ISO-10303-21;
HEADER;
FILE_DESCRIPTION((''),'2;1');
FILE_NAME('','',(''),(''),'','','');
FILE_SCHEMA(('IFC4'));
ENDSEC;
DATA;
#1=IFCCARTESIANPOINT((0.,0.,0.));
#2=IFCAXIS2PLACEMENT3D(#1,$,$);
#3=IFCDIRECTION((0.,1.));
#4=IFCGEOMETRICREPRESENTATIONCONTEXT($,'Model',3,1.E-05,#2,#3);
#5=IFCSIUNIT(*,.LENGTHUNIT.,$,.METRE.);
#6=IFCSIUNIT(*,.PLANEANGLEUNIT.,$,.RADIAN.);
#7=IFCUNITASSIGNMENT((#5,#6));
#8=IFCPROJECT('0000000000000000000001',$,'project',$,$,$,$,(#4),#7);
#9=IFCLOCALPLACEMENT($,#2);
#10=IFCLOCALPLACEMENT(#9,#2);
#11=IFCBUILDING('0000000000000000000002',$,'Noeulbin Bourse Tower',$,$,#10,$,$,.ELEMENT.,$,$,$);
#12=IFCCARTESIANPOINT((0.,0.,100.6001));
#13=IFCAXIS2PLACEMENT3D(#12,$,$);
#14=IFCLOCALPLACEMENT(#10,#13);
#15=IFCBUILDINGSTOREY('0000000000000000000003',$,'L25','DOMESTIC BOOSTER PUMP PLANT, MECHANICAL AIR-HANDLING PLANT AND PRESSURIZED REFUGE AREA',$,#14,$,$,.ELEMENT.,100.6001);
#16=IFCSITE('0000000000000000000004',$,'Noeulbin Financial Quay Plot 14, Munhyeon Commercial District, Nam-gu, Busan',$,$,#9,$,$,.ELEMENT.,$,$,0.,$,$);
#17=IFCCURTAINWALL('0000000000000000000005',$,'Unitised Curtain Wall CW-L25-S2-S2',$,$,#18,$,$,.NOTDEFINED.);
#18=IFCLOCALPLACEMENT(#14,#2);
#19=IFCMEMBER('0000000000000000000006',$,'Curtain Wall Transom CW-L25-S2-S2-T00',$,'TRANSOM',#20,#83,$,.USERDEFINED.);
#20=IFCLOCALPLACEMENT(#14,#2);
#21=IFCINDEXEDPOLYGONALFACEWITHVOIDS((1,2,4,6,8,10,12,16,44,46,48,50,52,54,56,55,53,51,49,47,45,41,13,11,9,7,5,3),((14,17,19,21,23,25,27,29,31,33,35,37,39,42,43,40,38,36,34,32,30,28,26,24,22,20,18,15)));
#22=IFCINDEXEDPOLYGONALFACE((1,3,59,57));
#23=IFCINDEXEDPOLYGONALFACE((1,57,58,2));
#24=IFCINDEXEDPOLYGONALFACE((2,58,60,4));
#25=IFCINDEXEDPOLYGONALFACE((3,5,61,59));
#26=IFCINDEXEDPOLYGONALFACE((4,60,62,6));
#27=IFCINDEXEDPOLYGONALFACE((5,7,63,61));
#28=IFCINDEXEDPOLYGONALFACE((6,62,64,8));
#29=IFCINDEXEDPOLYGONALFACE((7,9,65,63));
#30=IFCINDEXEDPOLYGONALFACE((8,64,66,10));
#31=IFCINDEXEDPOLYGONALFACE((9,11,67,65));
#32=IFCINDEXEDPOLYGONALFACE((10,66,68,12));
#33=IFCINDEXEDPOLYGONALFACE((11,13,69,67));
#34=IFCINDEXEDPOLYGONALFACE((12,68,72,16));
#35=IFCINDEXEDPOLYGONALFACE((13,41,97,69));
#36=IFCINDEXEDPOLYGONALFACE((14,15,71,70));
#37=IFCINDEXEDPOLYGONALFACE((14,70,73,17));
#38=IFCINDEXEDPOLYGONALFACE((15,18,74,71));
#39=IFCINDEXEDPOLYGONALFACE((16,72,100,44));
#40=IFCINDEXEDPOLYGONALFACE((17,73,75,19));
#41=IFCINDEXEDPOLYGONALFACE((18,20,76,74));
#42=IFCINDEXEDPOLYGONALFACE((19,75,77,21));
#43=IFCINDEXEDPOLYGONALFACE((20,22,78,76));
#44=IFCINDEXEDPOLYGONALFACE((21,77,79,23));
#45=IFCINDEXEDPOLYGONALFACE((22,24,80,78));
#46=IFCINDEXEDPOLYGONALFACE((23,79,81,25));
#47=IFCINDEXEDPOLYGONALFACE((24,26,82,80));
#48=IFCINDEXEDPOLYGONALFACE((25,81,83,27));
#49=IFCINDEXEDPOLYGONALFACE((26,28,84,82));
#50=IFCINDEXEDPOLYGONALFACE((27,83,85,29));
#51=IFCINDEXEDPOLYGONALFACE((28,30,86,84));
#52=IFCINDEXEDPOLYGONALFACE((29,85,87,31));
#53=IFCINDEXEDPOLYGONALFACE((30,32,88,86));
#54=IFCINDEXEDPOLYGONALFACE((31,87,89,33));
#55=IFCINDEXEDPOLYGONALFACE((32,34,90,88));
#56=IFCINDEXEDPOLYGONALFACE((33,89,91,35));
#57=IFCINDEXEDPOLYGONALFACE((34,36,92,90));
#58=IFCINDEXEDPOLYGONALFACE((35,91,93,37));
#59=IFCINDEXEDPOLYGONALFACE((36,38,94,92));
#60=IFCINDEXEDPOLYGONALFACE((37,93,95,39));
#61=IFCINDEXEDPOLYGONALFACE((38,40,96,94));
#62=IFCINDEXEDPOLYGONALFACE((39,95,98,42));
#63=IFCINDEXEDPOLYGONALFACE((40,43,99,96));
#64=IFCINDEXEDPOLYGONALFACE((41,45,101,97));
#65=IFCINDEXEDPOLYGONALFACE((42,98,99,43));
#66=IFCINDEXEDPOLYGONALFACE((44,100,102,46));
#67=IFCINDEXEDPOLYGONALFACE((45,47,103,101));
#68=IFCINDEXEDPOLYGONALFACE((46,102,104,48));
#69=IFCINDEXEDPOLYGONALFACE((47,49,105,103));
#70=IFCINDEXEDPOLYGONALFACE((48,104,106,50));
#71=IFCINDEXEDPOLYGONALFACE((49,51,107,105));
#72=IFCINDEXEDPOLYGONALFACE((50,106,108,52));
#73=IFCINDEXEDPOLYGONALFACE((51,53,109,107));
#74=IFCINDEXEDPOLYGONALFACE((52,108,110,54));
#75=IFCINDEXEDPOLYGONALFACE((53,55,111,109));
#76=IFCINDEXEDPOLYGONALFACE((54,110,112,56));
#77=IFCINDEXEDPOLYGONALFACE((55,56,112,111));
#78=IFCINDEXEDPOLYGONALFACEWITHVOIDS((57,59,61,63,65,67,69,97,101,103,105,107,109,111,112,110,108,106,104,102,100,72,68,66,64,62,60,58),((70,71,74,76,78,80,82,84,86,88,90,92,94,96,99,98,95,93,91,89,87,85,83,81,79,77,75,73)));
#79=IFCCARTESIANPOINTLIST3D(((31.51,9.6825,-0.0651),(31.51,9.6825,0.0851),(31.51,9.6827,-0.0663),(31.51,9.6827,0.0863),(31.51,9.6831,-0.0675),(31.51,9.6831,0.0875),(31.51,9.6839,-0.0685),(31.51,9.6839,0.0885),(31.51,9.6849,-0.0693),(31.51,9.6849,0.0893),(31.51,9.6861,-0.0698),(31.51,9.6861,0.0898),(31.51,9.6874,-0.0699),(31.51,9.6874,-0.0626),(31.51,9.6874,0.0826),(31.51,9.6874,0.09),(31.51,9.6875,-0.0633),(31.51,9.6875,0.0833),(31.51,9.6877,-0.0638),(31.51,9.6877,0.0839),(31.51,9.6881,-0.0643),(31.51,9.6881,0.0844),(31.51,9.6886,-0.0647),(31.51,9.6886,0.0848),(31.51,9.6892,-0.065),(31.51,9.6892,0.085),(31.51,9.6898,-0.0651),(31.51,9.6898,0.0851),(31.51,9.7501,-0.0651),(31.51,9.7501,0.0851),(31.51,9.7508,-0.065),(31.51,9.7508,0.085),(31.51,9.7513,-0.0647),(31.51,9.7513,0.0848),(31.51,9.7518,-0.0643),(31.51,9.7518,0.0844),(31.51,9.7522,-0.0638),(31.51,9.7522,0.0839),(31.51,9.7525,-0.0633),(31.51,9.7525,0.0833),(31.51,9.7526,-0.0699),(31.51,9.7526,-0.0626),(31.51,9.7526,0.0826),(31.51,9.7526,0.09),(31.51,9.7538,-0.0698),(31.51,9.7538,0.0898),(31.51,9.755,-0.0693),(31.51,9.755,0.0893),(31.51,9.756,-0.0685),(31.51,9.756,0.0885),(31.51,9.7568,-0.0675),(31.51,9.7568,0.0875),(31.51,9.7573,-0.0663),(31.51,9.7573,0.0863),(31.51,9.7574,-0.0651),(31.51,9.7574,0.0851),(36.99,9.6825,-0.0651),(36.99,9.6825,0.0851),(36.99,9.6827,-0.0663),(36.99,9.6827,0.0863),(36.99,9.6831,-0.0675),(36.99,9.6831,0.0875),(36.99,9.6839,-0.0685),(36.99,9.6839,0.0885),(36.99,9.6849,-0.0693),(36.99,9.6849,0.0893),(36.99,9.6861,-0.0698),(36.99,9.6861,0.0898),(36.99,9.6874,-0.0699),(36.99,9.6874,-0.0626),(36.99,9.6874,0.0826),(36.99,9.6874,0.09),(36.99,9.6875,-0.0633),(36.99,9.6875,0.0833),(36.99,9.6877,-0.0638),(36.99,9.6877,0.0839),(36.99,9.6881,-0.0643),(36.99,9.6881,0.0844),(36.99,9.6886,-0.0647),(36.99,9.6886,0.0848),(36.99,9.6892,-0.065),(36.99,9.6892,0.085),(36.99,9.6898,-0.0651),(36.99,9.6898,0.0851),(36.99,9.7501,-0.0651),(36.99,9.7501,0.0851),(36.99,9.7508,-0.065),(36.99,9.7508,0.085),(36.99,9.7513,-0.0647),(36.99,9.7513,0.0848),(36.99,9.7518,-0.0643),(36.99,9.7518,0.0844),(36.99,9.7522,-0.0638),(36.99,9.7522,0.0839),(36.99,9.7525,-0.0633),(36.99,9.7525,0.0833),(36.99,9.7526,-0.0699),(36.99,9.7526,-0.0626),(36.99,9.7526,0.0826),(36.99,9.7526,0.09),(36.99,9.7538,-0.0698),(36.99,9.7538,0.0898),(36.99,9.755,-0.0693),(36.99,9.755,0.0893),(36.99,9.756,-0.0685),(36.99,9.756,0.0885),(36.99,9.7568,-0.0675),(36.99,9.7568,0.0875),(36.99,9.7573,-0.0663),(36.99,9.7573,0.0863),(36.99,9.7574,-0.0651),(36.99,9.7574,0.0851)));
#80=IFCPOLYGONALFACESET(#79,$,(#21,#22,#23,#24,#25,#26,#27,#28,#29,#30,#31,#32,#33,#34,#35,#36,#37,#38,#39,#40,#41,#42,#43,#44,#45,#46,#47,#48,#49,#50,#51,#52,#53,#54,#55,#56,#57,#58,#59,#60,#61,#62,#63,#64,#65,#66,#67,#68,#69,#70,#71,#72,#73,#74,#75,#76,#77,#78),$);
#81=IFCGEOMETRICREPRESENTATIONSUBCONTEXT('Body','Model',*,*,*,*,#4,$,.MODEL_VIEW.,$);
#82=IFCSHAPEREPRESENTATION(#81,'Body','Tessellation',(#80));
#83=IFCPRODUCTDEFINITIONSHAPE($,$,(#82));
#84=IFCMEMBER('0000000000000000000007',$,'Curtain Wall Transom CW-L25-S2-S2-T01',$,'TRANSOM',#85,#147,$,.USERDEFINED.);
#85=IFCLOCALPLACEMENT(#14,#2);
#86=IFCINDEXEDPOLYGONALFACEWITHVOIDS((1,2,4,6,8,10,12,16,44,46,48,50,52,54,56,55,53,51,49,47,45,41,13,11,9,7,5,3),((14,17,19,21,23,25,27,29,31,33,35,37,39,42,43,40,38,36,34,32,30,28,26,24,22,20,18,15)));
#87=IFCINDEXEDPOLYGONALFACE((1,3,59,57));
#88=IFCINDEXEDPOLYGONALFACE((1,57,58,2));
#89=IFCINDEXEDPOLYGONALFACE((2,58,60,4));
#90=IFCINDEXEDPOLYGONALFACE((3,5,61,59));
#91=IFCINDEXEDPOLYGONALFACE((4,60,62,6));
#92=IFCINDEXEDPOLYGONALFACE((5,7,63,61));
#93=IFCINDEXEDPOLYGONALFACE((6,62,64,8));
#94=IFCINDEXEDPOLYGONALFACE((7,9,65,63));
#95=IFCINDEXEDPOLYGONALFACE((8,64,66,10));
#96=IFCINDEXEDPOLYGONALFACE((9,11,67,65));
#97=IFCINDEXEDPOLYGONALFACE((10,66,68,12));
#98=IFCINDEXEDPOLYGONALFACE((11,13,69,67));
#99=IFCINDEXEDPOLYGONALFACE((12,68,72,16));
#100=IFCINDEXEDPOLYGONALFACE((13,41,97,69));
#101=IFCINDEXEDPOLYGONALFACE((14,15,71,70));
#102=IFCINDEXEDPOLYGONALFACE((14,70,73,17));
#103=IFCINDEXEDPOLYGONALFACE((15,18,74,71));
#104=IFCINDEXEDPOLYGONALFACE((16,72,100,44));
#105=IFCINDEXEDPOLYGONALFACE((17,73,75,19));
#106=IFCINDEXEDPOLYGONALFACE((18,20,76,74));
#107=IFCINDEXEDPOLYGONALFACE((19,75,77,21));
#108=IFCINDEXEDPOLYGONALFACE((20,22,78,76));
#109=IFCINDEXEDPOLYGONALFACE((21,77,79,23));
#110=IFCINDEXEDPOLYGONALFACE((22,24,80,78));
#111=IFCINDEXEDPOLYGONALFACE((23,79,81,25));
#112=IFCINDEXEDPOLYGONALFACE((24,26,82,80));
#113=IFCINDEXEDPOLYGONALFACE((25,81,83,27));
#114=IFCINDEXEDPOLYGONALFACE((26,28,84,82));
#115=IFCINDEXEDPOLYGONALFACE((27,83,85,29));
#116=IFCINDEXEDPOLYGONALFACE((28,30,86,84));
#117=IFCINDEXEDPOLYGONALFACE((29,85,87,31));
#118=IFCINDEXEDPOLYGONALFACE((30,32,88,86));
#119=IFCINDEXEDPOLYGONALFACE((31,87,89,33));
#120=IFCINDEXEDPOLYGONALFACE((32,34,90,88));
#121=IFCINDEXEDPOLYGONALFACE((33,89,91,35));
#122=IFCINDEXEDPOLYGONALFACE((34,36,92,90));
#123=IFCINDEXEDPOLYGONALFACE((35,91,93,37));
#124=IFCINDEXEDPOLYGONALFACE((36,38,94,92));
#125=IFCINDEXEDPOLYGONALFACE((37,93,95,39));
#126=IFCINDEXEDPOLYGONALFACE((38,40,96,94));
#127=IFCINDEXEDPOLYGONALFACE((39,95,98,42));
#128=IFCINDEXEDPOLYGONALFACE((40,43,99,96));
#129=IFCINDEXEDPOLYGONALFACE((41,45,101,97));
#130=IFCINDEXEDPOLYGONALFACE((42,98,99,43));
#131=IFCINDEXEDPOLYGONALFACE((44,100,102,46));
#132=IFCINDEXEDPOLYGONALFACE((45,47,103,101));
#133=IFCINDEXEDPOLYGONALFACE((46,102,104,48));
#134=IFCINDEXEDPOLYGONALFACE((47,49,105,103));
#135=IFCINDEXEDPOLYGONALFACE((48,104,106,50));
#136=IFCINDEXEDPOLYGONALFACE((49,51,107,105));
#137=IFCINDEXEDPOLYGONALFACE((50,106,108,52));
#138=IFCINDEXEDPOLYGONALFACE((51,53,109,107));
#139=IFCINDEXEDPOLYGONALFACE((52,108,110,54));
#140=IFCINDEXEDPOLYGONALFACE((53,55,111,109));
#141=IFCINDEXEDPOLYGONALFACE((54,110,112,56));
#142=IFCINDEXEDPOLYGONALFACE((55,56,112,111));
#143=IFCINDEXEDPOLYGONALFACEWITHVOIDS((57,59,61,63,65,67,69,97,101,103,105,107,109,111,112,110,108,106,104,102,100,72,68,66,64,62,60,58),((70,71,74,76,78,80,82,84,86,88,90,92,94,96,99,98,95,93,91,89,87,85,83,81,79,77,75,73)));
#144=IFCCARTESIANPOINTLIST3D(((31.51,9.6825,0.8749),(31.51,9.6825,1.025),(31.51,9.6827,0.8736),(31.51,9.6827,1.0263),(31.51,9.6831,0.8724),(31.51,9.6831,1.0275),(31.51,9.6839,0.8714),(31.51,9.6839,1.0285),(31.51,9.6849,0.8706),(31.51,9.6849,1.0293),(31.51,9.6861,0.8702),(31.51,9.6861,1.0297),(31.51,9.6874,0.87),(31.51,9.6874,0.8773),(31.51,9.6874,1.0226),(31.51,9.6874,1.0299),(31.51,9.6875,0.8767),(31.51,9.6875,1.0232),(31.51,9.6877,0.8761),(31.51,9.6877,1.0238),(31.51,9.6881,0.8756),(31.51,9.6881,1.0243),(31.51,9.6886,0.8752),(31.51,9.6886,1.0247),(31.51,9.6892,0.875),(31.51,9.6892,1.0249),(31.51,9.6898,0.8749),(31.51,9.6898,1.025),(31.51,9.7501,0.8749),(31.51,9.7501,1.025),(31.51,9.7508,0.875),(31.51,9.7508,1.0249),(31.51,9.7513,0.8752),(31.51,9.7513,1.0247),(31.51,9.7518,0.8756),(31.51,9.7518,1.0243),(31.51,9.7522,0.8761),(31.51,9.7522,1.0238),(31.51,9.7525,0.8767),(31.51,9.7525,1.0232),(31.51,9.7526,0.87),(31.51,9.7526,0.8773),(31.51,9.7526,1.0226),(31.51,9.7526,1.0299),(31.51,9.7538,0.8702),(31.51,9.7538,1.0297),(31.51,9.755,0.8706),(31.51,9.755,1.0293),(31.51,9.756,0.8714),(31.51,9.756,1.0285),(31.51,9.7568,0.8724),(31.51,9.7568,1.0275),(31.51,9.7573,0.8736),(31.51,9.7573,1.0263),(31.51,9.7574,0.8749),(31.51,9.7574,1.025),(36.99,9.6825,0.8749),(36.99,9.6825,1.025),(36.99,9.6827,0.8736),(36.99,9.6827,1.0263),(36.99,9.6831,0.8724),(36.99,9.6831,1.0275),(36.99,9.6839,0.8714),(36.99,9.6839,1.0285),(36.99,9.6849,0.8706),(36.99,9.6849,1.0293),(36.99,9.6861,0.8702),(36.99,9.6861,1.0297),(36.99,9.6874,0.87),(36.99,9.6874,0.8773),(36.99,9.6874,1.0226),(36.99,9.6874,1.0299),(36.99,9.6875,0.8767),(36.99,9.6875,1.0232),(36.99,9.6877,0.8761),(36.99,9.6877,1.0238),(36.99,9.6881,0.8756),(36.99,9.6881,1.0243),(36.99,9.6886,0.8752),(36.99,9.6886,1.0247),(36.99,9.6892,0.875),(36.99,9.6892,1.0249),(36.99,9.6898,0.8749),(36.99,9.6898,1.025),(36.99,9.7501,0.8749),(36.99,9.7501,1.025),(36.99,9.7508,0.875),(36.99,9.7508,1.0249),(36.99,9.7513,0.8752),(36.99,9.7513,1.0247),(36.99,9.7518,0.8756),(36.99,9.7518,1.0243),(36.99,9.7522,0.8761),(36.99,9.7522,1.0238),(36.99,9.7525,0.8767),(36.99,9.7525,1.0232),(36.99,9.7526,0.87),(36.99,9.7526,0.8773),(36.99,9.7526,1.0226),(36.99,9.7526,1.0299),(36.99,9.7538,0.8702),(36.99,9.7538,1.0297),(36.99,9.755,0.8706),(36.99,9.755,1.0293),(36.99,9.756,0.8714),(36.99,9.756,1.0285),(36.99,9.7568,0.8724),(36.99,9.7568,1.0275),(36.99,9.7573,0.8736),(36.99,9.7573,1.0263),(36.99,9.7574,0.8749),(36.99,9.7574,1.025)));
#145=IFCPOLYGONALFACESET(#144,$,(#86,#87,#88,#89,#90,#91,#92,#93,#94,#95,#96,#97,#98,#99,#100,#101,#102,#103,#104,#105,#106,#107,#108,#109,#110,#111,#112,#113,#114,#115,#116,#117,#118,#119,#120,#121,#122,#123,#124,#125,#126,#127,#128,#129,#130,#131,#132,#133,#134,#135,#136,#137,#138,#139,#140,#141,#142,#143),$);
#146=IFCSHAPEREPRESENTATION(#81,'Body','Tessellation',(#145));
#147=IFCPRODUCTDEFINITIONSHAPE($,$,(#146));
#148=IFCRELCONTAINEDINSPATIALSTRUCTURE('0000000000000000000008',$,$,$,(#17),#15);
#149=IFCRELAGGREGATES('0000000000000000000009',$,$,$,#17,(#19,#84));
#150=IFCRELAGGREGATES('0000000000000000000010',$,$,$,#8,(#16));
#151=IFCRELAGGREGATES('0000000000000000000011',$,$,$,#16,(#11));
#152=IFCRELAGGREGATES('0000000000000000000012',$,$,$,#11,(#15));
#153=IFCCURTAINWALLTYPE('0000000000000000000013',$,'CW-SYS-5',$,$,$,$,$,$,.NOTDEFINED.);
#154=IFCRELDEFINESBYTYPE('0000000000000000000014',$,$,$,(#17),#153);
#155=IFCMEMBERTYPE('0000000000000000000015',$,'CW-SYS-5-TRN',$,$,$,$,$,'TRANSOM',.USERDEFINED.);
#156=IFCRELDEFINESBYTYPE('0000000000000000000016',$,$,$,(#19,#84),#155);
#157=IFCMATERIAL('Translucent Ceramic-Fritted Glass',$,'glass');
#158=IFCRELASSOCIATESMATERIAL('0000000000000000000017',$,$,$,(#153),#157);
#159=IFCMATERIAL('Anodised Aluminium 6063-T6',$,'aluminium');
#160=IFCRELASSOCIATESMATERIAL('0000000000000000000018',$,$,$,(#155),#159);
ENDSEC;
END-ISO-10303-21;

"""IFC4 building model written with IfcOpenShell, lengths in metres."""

from ifc_helpers import new_model, si_unit, direction, frame, origin, origin_2d, place, context, subcontext, project, spatial, hollow_rectangle, extrude, material, material_profile, profile_set, type_object, element, aggregate, save


model = new_model("IFC4")

# Units and contexts
model_context = context("Model", 3, precision=1e-05, world=origin(), true_north=direction((0.0, 1.0)))
body_context = subcontext(model_context, "Body", "Model", "MODEL_VIEW")
ifc_project = project(units=[si_unit("LENGTHUNIT", "METRE"), si_unit("PLANEANGLEUNIT", "RADIAN")], contexts=[model_context])

# Site, building, storey
site_placement = place(None, origin())
site = spatial("IfcSite", under=ifc_project, at=site_placement, Name="Noeulbin Financial Quay Plot 14, Munhyeon Commercial District, Nam-gu, Busan", CompositionType="ELEMENT", RefElevation=0.0)
building_placement = place(site_placement, origin())
building = spatial("IfcBuilding", under=site, at=building_placement, Name="Noeulbin Bourse Tower", CompositionType="ELEMENT")
storey_placement = place(building_placement, frame((0.0, 0.0, 100.6001)))
storey = spatial("IfcBuildingStorey", under=building, at=storey_placement, Name="L25", Description="DOMESTIC BOOSTER PUMP PLANT, MECHANICAL AIR-HANDLING PLANT AND PRESSURIZED REFUGE AREA", CompositionType="ELEMENT", Elevation=100.6001)

# Shared definitions
ifc_material_1 = material(Name="Translucent Ceramic-Fritted Glass", Category="glass")
curtain_wall_type = type_object("IfcCurtainWallType", Name="CW-SYS-5", PredefinedType="NOTDEFINED", material=ifc_material_1)
ifc_material_2 = material(Name="Anodised Aluminium 6063-T6", Category="aluminium")

# Curtain wall
curtain_wall_1_placement = place(storey_placement, origin())
curtain_wall_1 = element("IfcCurtainWall", 1, at=curtain_wall_1_placement, inside=storey, type_object=curtain_wall_type, Name="Unitised Curtain Wall CW-L25-S2-S2", PredefinedType="NOTDEFINED")

# Members
ifc_material_profile_1 = material_profile(ifc_material_2, hollow_rectangle(XDim=0.075, YDim=0.1599, WallThickness=0.0049, InnerFilletRadius=0.0024, OuterFilletRadius=0.0049, at=origin_2d()), Name="ALU-TRAN-75x160x5", Category="LoadBearing")
ifc_profile_set_1 = profile_set([ifc_material_profile_1], Name="Anodised Aluminium 6063-T6")
member_type_1 = type_object("IfcMemberType", Name="CW-SYS-5-TRN", ElementType="TRANSOM", PredefinedType="USERDEFINED", material=ifc_profile_set_1)
member_1_placement = place(storey_placement, frame((31.51, 9.72, 0.01), z_axis=(1.0, 0.0, 0.0), x_axis=(0.0, 1.0, 0.0)))
member_1 = element("IfcMember", 2, at=member_1_placement, type_object=member_type_1, Name="Curtain Wall Transom CW-L25-S2-S2-T00", ObjectType="TRANSOM", PredefinedType="USERDEFINED", context=body_context, shape_type="SweptSolid", body=[
    extrude(hollow_rectangle(XDim=0.075, YDim=0.1599, WallThickness=0.0049, InnerFilletRadius=0.0024, OuterFilletRadius=0.0049, at=origin_2d()), origin(), (0.0, 0.0, 1.0), 5.48),
])
member_2_placement = place(storey_placement, frame((31.51, 9.72, 0.95), z_axis=(1.0, 0.0, 0.0), x_axis=(0.0, 1.0, 0.0)))
member_2 = element("IfcMember", 3, at=member_2_placement, type_object=member_type_1, Name="Curtain Wall Transom CW-L25-S2-S2-T01", ObjectType="TRANSOM", PredefinedType="USERDEFINED", context=body_context, shape_type="SweptSolid", body=[
    extrude(hollow_rectangle(XDim=0.075, YDim=0.1599, WallThickness=0.0049, InnerFilletRadius=0.0024, OuterFilletRadius=0.0049, at=origin_2d()), origin(), (0.0, 0.0, 1.0), 5.48),
])

aggregate(curtain_wall_1, [member_1, member_2])

save(model, "model.ifc")
